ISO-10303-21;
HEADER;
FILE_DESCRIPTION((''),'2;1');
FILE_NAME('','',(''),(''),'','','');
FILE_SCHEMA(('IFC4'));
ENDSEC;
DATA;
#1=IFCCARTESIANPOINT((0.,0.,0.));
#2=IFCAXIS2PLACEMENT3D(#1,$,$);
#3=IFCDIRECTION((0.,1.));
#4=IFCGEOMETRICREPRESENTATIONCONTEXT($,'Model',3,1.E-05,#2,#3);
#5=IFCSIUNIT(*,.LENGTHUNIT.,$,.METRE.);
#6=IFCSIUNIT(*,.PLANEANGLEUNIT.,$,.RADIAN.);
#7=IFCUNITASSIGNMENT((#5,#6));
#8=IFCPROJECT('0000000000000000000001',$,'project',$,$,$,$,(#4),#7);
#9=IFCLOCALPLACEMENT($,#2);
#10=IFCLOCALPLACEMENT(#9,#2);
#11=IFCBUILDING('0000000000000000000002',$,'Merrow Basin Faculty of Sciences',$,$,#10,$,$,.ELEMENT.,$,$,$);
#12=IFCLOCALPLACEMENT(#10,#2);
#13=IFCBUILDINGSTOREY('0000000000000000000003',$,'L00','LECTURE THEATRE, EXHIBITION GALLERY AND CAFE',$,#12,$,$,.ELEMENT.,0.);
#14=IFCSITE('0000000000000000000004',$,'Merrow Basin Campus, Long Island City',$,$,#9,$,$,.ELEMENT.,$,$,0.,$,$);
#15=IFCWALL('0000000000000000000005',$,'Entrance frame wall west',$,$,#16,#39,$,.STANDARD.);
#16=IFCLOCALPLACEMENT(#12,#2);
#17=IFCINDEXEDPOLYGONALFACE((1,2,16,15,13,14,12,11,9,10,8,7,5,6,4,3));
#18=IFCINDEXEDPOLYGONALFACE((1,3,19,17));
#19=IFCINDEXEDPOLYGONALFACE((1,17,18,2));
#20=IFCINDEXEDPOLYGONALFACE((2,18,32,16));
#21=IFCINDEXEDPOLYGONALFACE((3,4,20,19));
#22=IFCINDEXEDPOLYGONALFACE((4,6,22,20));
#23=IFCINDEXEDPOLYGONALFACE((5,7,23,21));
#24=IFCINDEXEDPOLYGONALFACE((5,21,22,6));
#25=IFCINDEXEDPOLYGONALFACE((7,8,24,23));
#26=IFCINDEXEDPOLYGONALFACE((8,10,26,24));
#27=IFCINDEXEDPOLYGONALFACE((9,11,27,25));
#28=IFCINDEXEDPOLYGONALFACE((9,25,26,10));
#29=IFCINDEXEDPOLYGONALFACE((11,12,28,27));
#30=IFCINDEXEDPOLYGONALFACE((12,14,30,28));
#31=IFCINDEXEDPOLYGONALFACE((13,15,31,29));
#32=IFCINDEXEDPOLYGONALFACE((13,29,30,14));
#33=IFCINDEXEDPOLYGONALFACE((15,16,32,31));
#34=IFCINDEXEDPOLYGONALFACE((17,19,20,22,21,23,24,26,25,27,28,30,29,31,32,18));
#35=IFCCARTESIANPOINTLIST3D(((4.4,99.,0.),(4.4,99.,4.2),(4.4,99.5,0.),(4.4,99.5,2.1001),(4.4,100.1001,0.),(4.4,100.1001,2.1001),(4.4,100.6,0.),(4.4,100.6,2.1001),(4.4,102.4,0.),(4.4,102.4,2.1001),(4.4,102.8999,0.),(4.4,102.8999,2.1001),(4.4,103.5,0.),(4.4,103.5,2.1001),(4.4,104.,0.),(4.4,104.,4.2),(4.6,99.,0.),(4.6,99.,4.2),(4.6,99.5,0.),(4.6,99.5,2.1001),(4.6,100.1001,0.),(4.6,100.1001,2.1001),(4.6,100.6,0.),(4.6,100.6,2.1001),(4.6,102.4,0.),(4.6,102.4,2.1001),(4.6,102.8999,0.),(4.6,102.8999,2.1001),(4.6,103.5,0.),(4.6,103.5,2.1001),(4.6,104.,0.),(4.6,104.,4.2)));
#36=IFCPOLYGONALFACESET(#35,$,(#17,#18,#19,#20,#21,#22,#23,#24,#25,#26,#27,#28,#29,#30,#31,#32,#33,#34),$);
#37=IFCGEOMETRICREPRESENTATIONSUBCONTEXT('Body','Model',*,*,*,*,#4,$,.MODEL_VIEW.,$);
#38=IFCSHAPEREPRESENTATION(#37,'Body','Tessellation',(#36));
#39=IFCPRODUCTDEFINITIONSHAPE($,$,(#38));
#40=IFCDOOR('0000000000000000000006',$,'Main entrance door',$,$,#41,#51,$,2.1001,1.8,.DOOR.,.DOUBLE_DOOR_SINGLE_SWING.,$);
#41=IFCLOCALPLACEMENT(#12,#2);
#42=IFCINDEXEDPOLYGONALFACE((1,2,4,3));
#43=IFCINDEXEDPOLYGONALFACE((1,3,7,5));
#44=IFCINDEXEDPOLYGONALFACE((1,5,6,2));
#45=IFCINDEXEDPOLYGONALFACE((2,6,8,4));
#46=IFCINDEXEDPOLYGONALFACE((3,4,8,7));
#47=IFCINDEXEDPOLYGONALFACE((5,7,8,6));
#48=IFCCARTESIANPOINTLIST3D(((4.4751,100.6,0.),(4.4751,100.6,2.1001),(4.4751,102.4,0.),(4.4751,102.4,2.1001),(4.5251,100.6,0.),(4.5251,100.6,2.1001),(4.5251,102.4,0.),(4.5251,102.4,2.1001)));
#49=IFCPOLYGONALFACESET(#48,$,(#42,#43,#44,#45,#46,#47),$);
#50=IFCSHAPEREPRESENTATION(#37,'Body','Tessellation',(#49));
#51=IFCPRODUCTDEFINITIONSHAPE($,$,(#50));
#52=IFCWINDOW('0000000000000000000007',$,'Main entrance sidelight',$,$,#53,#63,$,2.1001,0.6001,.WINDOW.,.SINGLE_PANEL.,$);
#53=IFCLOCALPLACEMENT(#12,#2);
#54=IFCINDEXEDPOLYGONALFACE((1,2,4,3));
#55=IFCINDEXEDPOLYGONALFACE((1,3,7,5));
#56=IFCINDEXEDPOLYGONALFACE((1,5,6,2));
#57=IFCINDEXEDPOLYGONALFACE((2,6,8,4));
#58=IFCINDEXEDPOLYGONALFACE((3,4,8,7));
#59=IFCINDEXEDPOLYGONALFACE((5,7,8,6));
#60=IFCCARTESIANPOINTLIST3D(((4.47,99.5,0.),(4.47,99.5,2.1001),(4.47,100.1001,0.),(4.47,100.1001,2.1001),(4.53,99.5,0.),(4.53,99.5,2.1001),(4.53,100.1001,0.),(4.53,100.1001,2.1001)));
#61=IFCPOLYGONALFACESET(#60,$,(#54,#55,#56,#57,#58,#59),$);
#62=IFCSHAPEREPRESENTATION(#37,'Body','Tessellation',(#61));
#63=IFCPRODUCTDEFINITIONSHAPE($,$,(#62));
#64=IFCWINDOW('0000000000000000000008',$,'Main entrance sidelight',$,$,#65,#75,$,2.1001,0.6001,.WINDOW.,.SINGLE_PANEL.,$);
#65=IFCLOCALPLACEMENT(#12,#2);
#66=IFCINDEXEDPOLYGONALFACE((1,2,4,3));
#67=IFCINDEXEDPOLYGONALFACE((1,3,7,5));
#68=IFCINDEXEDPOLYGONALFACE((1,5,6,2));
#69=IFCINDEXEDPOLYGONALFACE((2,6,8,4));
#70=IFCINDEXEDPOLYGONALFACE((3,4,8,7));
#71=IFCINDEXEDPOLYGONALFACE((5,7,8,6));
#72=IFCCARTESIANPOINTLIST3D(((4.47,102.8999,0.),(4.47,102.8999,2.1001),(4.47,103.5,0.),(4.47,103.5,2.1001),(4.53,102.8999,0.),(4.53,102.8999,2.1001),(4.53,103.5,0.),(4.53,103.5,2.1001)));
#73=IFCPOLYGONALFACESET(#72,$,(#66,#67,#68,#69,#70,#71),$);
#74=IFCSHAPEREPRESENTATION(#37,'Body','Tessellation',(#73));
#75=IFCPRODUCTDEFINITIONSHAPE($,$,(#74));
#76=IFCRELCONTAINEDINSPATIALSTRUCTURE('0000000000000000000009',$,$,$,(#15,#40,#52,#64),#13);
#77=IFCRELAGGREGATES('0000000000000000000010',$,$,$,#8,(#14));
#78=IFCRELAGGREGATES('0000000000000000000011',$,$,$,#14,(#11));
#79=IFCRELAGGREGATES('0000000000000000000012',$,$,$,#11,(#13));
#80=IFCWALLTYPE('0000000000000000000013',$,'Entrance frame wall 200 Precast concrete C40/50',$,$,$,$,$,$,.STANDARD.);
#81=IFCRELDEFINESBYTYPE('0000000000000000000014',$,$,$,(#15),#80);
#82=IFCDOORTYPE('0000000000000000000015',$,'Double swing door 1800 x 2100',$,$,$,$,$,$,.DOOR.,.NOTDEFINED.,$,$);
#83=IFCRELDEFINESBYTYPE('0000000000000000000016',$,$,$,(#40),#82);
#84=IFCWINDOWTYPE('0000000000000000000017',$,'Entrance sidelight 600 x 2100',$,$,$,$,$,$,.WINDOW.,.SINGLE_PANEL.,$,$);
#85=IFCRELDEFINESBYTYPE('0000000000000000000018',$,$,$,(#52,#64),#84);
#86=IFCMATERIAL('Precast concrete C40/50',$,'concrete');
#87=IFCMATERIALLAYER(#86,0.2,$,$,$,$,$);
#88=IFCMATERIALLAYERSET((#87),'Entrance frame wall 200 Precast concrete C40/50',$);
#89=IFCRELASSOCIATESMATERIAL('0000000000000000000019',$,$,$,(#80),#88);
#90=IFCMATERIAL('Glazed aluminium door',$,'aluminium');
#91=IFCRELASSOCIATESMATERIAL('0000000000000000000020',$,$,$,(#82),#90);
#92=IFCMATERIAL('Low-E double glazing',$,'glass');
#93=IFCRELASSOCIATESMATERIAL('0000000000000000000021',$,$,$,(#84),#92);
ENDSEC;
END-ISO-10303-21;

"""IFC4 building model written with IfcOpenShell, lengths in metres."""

from ifc_helpers import new_model, si_unit, direction, frame, frame_2d, origin, place, context, subcontext, project, spatial, rectangle, extrude, material, layer, layer_set, type_object, element, fill, save


model = new_model("IFC4")

# Units and contexts
model_context = context("Model", 3, precision=1e-05, world=origin(), true_north=direction((0.0, 1.0)))
body_context = subcontext(model_context, "Body", "Model", "MODEL_VIEW")
ifc_project = project(units=[si_unit("LENGTHUNIT", "METRE"), si_unit("PLANEANGLEUNIT", "RADIAN")], contexts=[model_context])

# Site, building, storey
site_placement = place(None, origin())
site = spatial("IfcSite", under=ifc_project, at=site_placement, Name="Merrow Basin Campus, Long Island City", CompositionType="ELEMENT", RefElevation=0.0)
building_placement = place(site_placement, origin())
building = spatial("IfcBuilding", under=site, at=building_placement, Name="Merrow Basin Faculty of Sciences", CompositionType="ELEMENT")
storey_placement = place(building_placement, origin())
storey = spatial("IfcBuildingStorey", under=building, at=storey_placement, Name="L00", Description="LECTURE THEATRE, EXHIBITION GALLERY AND CAFE", CompositionType="ELEMENT", Elevation=0.0)

# Wall, openings, door, windows
ifc_material_1 = material(Name="Precast concrete C40/50", Category="concrete")
ifc_layer_1 = layer(ifc_material_1, 0.2)
ifc_layer_set_1 = layer_set([ifc_layer_1], Name="Entrance frame wall 200 Precast concrete C40/50")
wall_type_1 = type_object("IfcWallType", Name="Entrance frame wall 200 Precast concrete C40/50", PredefinedType="STANDARD", material=ifc_layer_set_1)
wall_1_placement = place(storey_placement, frame((4.5, 99.0, 0.0), z_axis=(0.0, 0.0, 1.0), x_axis=(0.0, 1.0, 0.0)))
wall_1 = element("IfcWall", 1, at=wall_1_placement, inside=storey, type_object=wall_type_1, Name="Entrance frame wall west", PredefinedType="STANDARD", context=body_context, shape_type="SweptSolid", body=[
    extrude(rectangle(XDim=5.0, YDim=0.2, at=frame_2d((2.5, 0.0))), origin(), (0.0, 0.0, 1.0), 4.2),
])
opening_1_placement = place(wall_1_placement, frame((1.6001, 0.0, 0.0)))
opening_1 = element("IfcOpeningElement", 2, at=opening_1_placement, cuts=wall_1, PredefinedType="OPENING", context=body_context, shape_type="SweptSolid", body=[
    extrude(rectangle(XDim=1.8, YDim=2.1001, at=frame_2d((0.8999, 1.05))), frame((0.0, 0.1099, 0.0), z_axis=(0.0, -1.0, 0.0), x_axis=(1.0, 0.0, 0.0)), (0.0, 0.0, 1.0), 0.22),
])
opening_2_placement = place(wall_1_placement, frame((0.5, 0.0, 0.0)))
opening_2 = element("IfcOpeningElement", 3, at=opening_2_placement, cuts=wall_1, PredefinedType="OPENING", context=body_context, shape_type="SweptSolid", body=[
    extrude(rectangle(XDim=0.6001, YDim=2.1001, at=frame_2d((0.3, 1.05))), frame((0.0, 0.1099, 0.0), z_axis=(0.0, -1.0, 0.0), x_axis=(1.0, 0.0, 0.0)), (0.0, 0.0, 1.0), 0.22),
])
opening_3_placement = place(wall_1_placement, frame((3.8999, 0.0, 0.0)))
opening_3 = element("IfcOpeningElement", 4, at=opening_3_placement, cuts=wall_1, PredefinedType="OPENING", context=body_context, shape_type="SweptSolid", body=[
    extrude(rectangle(XDim=0.6001, YDim=2.1001, at=frame_2d((0.3, 1.05))), frame((0.0, 0.1099, 0.0), z_axis=(0.0, -1.0, 0.0), x_axis=(1.0, 0.0, 0.0)), (0.0, 0.0, 1.0), 0.22),
])
ifc_material_2 = material(Name="Glazed aluminium door", Category="aluminium")
door_type = type_object("IfcDoorType", Name="Double swing door 1800 x 2100", OperationType="NOTDEFINED", PredefinedType="DOOR", material=ifc_material_2)
door_placement = place(opening_1_placement, origin())
door = element("IfcDoor", 5, at=door_placement, inside=storey, type_object=door_type, Name="Main entrance door", OperationType="DOUBLE_DOOR_SINGLE_SWING", OverallHeight=2.1001, OverallWidth=1.8, PredefinedType="DOOR", context=body_context, shape_type="SweptSolid", body=[
    extrude(rectangle(XDim=1.8, YDim=2.1001, at=frame_2d((0.8999, 1.05))), frame((0.0, 0.0249, 0.0), z_axis=(0.0, -1.0, 0.0), x_axis=(1.0, 0.0, 0.0)), (0.0, 0.0, 1.0), 0.05),
])
fill(opening_1, door)
ifc_material_3 = material(Name="Low-E double glazing", Category="glass")
window_type = type_object("IfcWindowType", Name="Entrance sidelight 600 x 2100", PartitioningType="SINGLE_PANEL", PredefinedType="WINDOW", material=ifc_material_3)
window_1_placement = place(opening_2_placement, origin())
window_1 = element("IfcWindow", 6, at=window_1_placement, inside=storey, type_object=window_type, Name="Main entrance sidelight", OverallHeight=2.1001, OverallWidth=0.6001, PartitioningType="SINGLE_PANEL", PredefinedType="WINDOW", context=body_context, shape_type="SweptSolid", body=[
    extrude(rectangle(XDim=0.6001, YDim=2.1001, at=frame_2d((0.3, 1.05))), frame((0.0, 0.03, 0.0), z_axis=(0.0, -1.0, 0.0), x_axis=(1.0, 0.0, 0.0)), (0.0, 0.0, 1.0), 0.0601),
])
fill(opening_2, window_1)
window_2_placement = place(opening_3_placement, origin())
window_2 = element("IfcWindow", 7, at=window_2_placement, inside=storey, type_object=window_type, Name="Main entrance sidelight", OverallHeight=2.1001, OverallWidth=0.6001, PartitioningType="SINGLE_PANEL", PredefinedType="WINDOW", context=body_context, shape_type="SweptSolid", body=[
    extrude(rectangle(XDim=0.6001, YDim=2.1001, at=frame_2d((0.3, 1.05))), frame((0.0, 0.03, 0.0), z_axis=(0.0, -1.0, 0.0), x_axis=(1.0, 0.0, 0.0)), (0.0, 0.0, 1.0), 0.0601),
])
fill(opening_3, window_2)

save(model, "model.ifc")
